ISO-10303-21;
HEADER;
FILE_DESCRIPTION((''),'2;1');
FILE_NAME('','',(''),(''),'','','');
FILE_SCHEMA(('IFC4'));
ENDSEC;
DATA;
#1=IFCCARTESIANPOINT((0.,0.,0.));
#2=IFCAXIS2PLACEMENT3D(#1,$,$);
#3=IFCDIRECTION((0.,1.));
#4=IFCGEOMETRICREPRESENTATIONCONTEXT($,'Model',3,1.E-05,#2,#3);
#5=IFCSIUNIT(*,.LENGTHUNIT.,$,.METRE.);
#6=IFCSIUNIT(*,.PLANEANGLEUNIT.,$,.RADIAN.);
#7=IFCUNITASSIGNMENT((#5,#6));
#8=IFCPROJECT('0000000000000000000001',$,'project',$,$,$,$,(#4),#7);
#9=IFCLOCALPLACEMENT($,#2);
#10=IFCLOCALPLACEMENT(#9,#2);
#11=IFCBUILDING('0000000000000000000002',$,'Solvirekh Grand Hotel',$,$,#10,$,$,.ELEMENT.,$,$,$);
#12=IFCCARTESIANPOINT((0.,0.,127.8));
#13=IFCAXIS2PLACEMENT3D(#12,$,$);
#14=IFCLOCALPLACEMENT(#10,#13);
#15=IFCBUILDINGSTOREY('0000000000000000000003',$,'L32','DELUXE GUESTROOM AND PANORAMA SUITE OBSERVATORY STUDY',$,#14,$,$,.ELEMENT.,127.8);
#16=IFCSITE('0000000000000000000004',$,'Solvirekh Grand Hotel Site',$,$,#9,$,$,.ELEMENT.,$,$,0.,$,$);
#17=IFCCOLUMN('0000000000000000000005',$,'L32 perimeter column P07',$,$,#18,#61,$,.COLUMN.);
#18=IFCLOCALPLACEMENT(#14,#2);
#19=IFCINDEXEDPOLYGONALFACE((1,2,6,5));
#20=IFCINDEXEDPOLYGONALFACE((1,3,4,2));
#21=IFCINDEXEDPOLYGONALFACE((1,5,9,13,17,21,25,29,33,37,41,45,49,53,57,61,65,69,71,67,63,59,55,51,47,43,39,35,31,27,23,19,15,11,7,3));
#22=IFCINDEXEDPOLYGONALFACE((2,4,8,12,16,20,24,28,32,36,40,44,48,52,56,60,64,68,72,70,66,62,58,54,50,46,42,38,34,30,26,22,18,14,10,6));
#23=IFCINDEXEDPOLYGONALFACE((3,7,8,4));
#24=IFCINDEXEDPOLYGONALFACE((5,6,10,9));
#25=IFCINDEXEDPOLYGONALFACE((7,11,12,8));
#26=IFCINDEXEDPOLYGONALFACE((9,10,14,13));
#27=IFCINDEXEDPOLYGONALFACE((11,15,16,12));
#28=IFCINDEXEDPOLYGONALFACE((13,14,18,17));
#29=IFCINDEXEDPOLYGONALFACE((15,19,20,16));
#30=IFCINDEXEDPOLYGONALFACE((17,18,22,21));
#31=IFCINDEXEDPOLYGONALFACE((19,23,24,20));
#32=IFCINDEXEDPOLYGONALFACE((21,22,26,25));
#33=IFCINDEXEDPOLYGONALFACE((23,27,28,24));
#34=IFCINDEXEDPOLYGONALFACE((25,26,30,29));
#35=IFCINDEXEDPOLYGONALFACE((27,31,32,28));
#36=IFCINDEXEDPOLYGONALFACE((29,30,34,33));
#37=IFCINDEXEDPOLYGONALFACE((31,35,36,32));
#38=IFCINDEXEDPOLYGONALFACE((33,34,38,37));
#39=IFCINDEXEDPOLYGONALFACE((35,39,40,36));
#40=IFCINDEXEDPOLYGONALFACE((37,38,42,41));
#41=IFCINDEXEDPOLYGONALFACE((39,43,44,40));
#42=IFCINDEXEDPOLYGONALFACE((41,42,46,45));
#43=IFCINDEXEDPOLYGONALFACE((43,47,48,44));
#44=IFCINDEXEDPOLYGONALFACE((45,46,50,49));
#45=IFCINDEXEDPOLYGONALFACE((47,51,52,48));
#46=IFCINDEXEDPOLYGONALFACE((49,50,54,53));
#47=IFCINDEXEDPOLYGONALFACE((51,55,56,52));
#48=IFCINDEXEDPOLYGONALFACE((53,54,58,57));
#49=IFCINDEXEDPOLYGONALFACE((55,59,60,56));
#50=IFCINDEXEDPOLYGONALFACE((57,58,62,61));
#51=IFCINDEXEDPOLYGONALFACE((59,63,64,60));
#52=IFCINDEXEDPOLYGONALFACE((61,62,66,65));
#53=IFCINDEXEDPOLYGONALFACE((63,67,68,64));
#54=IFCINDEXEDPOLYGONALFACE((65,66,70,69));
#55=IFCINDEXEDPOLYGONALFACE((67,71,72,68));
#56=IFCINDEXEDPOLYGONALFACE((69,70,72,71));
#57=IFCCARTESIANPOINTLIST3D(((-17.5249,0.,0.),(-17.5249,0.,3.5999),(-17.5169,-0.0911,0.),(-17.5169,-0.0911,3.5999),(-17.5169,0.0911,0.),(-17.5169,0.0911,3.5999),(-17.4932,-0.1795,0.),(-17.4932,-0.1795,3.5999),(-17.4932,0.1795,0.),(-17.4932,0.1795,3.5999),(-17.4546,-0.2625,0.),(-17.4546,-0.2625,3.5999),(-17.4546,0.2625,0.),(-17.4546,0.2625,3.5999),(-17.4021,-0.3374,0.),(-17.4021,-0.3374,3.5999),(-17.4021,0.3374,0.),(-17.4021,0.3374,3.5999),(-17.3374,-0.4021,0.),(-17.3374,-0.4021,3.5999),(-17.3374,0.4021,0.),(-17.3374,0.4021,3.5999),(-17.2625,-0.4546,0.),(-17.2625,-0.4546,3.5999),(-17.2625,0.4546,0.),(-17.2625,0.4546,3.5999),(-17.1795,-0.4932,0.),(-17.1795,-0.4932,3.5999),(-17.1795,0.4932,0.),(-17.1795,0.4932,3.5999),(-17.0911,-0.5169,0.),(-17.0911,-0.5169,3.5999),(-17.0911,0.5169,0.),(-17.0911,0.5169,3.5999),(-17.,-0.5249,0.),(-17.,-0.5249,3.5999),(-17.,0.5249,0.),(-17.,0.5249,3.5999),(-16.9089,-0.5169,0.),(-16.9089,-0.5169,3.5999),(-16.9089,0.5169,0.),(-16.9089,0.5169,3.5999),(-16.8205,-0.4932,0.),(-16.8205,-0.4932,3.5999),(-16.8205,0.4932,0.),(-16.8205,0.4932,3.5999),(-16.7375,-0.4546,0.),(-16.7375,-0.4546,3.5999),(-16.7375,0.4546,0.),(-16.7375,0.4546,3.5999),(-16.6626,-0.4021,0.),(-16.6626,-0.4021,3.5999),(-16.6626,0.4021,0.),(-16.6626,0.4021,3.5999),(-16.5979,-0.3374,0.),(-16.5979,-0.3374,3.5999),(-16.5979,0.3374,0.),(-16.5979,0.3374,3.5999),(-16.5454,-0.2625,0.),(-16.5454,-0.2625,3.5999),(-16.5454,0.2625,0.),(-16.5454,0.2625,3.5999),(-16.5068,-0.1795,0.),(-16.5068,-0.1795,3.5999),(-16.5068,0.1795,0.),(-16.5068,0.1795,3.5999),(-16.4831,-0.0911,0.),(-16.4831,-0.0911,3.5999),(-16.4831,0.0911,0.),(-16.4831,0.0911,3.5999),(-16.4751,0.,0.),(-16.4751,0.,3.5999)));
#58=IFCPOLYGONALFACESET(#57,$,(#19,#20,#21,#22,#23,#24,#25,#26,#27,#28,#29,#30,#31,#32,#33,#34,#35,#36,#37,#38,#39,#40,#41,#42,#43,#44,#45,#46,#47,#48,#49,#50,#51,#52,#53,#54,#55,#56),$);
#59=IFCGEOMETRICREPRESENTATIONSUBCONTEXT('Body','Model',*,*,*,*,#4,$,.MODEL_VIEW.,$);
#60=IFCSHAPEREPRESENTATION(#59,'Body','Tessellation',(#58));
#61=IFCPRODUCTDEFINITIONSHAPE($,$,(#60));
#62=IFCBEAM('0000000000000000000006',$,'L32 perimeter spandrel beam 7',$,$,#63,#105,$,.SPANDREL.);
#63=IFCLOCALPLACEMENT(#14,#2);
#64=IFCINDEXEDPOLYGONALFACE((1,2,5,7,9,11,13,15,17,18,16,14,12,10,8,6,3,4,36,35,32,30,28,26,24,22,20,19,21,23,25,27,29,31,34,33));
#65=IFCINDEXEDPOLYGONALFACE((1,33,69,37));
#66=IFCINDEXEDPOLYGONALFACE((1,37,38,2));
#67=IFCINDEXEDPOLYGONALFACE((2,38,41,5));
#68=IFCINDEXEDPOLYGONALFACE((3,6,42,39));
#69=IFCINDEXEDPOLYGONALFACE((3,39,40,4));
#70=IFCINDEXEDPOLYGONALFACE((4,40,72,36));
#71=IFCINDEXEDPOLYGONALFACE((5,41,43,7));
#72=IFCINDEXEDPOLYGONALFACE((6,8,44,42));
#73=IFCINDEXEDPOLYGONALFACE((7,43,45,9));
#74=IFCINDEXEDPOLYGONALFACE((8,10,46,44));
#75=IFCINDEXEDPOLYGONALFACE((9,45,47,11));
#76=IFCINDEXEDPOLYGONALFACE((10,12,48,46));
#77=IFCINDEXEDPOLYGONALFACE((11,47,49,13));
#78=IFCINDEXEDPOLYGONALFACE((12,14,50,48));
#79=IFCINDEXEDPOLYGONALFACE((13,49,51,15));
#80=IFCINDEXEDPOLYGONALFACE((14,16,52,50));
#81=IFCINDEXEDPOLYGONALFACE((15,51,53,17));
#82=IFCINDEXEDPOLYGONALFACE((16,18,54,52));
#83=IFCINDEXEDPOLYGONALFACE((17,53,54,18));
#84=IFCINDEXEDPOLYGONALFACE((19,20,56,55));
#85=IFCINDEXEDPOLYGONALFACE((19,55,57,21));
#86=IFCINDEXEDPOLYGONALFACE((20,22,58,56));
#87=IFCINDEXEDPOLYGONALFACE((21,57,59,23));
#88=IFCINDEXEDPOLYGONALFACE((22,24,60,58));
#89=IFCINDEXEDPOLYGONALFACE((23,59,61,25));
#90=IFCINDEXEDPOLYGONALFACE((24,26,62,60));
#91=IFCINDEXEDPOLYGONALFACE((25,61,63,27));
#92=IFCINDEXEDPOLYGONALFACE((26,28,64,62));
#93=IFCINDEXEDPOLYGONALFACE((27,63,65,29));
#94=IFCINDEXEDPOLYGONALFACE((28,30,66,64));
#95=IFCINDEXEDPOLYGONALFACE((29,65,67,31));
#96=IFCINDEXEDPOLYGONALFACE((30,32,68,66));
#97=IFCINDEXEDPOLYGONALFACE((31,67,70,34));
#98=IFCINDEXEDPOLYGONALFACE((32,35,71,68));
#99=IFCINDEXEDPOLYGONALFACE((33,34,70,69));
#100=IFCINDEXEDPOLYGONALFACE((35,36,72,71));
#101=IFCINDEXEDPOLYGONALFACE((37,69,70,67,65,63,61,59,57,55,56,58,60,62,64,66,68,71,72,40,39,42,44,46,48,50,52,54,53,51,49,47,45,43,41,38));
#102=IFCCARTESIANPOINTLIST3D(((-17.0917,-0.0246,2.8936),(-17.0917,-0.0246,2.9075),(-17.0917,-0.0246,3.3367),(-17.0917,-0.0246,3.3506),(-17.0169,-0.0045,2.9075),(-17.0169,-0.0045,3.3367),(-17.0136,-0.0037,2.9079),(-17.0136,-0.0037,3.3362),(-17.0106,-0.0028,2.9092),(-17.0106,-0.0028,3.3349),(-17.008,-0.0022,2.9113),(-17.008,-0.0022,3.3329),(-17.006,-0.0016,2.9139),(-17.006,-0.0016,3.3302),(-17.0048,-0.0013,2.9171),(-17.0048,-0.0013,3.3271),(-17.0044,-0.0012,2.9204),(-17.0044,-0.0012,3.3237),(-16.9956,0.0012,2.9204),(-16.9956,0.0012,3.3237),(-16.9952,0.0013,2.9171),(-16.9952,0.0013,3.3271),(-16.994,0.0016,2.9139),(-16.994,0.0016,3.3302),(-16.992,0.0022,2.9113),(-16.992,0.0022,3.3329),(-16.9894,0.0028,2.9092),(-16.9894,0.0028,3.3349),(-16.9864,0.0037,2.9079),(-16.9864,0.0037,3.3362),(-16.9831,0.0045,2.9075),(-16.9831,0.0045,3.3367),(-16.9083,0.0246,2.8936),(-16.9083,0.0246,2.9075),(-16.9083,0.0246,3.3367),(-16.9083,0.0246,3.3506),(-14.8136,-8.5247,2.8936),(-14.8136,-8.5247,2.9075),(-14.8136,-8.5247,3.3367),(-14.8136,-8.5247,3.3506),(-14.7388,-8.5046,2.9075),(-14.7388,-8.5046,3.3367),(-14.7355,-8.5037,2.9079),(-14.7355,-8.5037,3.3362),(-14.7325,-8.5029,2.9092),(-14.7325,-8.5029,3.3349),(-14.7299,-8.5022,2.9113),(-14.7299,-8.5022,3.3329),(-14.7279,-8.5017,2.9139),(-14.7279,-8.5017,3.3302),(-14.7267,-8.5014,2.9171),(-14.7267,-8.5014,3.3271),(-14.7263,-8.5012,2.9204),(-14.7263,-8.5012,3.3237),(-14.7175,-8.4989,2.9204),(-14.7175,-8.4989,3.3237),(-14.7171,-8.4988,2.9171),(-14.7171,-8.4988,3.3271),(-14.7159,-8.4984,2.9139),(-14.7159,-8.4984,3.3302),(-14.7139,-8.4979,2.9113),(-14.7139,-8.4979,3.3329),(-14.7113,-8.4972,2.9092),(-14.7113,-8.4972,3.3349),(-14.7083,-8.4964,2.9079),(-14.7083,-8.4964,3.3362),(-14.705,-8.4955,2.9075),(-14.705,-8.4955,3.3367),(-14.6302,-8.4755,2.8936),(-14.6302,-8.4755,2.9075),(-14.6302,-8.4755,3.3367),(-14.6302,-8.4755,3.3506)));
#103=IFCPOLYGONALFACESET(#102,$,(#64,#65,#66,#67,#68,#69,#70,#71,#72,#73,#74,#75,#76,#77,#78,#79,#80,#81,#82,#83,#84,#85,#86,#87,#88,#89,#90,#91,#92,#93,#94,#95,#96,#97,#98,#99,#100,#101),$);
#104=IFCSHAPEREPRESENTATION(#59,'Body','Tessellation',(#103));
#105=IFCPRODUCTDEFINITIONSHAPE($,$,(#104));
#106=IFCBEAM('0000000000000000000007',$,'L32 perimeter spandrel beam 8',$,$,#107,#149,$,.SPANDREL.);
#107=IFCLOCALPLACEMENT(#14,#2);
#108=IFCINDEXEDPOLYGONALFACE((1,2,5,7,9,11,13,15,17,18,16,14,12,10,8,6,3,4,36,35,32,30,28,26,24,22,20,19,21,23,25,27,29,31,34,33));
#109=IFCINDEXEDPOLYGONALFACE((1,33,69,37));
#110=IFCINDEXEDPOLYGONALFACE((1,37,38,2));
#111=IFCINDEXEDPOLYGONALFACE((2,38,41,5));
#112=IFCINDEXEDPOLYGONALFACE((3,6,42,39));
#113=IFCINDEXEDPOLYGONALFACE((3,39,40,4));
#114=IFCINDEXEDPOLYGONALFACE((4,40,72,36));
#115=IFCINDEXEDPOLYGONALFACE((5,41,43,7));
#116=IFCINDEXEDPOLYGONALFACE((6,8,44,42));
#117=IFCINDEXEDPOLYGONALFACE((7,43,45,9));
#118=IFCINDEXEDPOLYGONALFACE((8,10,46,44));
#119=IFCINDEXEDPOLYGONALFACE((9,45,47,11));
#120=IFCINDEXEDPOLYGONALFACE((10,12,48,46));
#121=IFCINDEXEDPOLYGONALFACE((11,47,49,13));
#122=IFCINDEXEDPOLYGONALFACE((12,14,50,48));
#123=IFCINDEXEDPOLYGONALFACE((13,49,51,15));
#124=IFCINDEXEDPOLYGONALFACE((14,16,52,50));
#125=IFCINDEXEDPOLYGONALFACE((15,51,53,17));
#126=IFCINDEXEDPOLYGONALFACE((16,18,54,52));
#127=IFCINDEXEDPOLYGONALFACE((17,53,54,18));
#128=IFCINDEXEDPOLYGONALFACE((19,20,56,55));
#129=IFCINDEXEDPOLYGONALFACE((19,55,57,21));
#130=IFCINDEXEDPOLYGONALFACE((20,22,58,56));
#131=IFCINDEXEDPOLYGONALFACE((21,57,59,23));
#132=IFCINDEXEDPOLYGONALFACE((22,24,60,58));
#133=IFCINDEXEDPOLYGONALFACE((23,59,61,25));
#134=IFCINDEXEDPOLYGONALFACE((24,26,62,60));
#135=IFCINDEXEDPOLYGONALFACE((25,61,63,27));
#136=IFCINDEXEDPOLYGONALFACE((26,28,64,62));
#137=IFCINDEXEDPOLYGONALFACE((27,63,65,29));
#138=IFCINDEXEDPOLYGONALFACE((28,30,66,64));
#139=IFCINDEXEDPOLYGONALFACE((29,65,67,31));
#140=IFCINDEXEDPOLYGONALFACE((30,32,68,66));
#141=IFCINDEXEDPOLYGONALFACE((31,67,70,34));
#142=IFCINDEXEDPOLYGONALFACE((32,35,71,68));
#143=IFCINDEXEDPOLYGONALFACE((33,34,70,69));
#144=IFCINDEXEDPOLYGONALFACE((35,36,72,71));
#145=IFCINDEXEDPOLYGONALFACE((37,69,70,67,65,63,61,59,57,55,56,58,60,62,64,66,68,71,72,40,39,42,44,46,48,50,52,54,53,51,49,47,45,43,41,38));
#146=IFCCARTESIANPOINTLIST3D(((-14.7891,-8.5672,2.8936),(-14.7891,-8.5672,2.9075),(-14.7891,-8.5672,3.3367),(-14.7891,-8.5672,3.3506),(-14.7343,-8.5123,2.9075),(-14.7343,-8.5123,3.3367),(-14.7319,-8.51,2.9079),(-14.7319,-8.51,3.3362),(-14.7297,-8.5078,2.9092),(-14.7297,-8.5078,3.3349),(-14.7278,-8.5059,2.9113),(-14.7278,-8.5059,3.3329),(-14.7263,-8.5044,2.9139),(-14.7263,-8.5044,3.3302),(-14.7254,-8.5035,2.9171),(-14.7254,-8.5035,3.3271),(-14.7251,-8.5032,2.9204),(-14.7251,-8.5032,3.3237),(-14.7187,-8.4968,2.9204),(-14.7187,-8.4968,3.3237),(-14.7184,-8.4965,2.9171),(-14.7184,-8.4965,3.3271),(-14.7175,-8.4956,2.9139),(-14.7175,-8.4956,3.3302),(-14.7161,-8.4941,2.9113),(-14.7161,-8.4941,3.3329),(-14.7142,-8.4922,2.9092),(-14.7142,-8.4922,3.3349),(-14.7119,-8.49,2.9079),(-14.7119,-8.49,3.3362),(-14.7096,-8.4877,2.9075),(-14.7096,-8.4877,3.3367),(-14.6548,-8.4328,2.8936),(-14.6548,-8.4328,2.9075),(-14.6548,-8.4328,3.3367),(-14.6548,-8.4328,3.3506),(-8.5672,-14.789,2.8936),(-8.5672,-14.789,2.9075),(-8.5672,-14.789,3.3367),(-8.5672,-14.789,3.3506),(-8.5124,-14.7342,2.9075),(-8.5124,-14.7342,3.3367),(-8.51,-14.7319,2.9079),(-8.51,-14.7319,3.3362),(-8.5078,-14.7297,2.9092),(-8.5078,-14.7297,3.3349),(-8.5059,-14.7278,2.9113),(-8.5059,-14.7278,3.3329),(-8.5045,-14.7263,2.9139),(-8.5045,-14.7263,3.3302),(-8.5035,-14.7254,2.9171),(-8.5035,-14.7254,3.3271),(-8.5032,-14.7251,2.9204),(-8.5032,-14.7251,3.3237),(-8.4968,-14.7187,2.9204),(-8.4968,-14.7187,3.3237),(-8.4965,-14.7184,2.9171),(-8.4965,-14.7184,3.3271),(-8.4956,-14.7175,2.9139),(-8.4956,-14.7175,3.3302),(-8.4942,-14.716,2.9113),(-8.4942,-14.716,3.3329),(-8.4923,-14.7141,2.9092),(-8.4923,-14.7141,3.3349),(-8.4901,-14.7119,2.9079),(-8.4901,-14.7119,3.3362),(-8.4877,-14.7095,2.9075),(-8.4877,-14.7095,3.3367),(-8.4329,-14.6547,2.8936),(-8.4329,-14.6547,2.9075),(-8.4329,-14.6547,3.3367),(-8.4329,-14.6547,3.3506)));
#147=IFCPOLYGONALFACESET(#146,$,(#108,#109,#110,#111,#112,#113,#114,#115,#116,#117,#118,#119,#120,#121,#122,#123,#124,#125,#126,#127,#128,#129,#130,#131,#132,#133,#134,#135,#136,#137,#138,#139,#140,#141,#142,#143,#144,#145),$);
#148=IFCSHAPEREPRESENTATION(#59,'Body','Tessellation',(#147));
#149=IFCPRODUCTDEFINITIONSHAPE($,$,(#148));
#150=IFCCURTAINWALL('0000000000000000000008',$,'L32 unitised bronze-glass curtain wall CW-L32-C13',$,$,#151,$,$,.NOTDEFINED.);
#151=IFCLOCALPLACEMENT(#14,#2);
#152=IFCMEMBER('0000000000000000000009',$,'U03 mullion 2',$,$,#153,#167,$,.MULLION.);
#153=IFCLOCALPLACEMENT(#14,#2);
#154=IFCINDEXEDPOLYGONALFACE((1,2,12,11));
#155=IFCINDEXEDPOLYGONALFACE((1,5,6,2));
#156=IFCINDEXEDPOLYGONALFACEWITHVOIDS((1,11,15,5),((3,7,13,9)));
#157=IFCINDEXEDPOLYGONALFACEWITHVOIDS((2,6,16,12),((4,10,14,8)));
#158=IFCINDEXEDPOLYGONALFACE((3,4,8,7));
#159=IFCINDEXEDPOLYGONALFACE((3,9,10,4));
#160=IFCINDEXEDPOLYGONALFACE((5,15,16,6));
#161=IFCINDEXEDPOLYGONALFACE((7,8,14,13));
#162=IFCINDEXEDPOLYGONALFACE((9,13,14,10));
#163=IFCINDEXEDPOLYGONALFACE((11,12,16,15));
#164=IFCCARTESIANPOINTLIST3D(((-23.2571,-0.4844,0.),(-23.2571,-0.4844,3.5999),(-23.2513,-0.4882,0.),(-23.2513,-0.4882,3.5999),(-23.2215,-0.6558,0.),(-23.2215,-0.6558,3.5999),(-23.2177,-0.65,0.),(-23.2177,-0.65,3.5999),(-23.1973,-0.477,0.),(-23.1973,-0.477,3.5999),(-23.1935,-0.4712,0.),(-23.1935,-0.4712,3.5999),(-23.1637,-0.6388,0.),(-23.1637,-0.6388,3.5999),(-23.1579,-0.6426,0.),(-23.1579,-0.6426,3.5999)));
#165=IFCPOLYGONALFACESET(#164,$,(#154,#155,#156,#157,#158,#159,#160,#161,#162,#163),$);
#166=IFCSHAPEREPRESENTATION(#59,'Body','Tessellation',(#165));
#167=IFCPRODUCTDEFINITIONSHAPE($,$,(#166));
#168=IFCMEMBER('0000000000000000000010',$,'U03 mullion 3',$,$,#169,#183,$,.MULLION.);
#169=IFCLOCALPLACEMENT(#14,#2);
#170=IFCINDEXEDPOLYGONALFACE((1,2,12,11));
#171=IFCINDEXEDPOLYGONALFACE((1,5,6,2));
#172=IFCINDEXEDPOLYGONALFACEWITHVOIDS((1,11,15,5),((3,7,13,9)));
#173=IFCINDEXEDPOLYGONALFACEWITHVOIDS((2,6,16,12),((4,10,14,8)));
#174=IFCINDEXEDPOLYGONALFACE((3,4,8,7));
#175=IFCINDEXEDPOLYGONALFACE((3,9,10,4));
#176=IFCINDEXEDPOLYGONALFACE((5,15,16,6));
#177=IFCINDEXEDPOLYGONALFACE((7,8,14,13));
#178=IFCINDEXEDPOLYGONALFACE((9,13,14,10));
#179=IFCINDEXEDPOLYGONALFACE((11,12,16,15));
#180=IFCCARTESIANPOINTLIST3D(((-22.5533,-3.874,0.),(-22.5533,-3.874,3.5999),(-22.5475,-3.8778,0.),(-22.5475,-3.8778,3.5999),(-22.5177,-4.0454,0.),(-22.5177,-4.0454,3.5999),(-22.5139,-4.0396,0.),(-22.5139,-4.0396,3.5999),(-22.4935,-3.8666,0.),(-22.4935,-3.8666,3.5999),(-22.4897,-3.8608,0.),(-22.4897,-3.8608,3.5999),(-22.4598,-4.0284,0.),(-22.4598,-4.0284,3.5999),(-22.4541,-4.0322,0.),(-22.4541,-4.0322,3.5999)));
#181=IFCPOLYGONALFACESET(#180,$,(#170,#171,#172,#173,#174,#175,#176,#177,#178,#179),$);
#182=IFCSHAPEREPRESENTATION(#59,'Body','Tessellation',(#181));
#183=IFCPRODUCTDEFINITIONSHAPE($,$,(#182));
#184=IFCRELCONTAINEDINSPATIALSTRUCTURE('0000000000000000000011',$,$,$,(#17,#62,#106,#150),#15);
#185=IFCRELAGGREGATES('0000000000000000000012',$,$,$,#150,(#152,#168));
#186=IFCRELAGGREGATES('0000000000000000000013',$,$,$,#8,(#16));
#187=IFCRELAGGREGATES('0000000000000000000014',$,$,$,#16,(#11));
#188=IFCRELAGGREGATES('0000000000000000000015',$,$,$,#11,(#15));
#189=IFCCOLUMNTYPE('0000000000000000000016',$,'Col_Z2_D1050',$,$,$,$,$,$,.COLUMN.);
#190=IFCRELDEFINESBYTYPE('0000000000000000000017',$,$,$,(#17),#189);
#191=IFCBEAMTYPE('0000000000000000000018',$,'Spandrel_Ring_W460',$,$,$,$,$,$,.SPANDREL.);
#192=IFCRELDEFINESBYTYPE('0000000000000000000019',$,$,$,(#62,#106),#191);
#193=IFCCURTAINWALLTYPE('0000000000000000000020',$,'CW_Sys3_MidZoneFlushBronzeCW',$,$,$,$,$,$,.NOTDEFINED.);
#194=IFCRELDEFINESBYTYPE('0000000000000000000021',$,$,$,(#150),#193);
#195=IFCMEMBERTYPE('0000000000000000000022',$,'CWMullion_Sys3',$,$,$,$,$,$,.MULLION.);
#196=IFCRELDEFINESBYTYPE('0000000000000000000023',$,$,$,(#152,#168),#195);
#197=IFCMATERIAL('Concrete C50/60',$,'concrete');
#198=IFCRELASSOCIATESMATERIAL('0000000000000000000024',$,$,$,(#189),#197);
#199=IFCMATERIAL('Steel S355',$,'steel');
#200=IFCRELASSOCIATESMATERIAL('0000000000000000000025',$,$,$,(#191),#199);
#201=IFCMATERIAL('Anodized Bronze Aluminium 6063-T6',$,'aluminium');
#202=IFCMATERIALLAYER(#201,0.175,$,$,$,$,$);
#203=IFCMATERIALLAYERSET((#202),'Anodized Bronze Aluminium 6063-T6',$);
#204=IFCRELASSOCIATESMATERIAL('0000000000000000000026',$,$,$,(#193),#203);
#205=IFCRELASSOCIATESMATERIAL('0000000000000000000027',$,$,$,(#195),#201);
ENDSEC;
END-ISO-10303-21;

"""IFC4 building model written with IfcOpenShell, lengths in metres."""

from ifc_helpers import new_model, si_unit, direction, frame, origin, origin_2d, place, context, subcontext, project, spatial, hollow_rectangle, circle, i_section, extrude, source, transform, mapped, material, layer, layer_set, material_profile, profile_set, type_object, element, aggregate, save


model = new_model("IFC4")

# Units and contexts
model_context = context("Model", 3, precision=1e-05, world=origin(), true_north=direction((0.0, 1.0)))
body_context = subcontext(model_context, "Body", "Model", "MODEL_VIEW")
ifc_project = project(units=[si_unit("LENGTHUNIT", "METRE"), si_unit("PLANEANGLEUNIT", "RADIAN")], contexts=[model_context])

# Site, building, storey
site_placement = place(None, origin())
site = spatial("IfcSite", under=ifc_project, at=site_placement, Name="Solvirekh Grand Hotel Site", CompositionType="ELEMENT", RefElevation=0.0)
building_placement = place(site_placement, origin())
building = spatial("IfcBuilding", under=site, at=building_placement, Name="Solvirekh Grand Hotel", CompositionType="ELEMENT")
storey_placement = place(building_placement, frame((0.0, 0.0, 127.8)))
storey = spatial("IfcBuildingStorey", under=building, at=storey_placement, Name="L32", Description="DELUXE GUESTROOM AND PANORAMA SUITE OBSERVATORY STUDY", CompositionType="ELEMENT", Elevation=127.8)

# Column
ifc_material_1 = material(Name="Concrete C50/60", Category="concrete")
ifc_material_profile_1 = material_profile(ifc_material_1, circle(Radius=0.5249, at=origin_2d()), Name="RC CIRC D1050")
ifc_profile_set_1 = profile_set([ifc_material_profile_1], Name="Concrete C50/60")
column_type = type_object("IfcColumnType", Name="Col_Z2_D1050", PredefinedType="COLUMN", material=ifc_profile_set_1)
column_placement = place(storey_placement, frame((-17.0, 0.0, 0.0), z_axis=(0.0, 0.0, 1.0), x_axis=(1.0, 0.0, 0.0)))
element("IfcColumn", 1, at=column_placement, inside=storey, type_object=column_type, Name="L32 perimeter column P07", PredefinedType="COLUMN", context=body_context, shape_type="SweptSolid", body=[
    extrude(circle(Radius=0.5249, at=origin_2d()), origin(), (0.0, 0.0, 1.0), 3.5999),
])

# Beams
ifc_material_2 = material(Name="Steel S355", Category="steel")
ifc_material_profile_2 = material_profile(ifc_material_2, i_section(OverallWidth=0.1899, OverallDepth=0.457, WebThickness=0.009, FlangeThickness=0.0139, FilletRadius=0.0129, at=origin_2d()), Name="W460X74")
ifc_profile_set_2 = profile_set([ifc_material_profile_2], Name="Steel S355")
beam_type = type_object("IfcBeamType", Name="Spandrel_Ring_W460", PredefinedType="SPANDREL", material=ifc_profile_set_2)
beam_1_placement = place(storey_placement, frame((-17.0, 0.0, 3.1221), z_axis=(0.258873, -0.965911, 0.0), x_axis=(0.965911, 0.258873, 0.0)))
element("IfcBeam", 2, at=beam_1_placement, inside=storey, type_object=beam_type, Name="L32 perimeter spandrel beam 7", PredefinedType="SPANDREL", context=body_context, shape_type="SweptSolid", body=[
    extrude(i_section(OverallWidth=0.1899, OverallDepth=0.457, WebThickness=0.009, FlangeThickness=0.0139, FilletRadius=0.0129, at=origin_2d()), origin(), (0.0, 0.0, 1.0), 8.8),
])
beam_2_placement = place(storey_placement, frame((-14.7219, -8.5, 3.1221), z_axis=(0.707107, -0.707107, 0.0), x_axis=(0.707107, 0.707107, 0.0)))
element("IfcBeam", 3, at=beam_2_placement, inside=storey, type_object=beam_type, Name="L32 perimeter spandrel beam 8", PredefinedType="SPANDREL", context=body_context, shape_type="SweptSolid", body=[
    extrude(i_section(OverallWidth=0.1899, OverallDepth=0.457, WebThickness=0.009, FlangeThickness=0.0139, FilletRadius=0.0129, at=origin_2d()), origin(), (0.0, 0.0, 1.0), 8.7991),
])

# Curtain wall, members
ifc_material_3 = material(Name="Anodized Bronze Aluminium 6063-T6", Category="aluminium")
ifc_layer_1 = layer(ifc_material_3, 0.175)
ifc_layer_set_1 = layer_set([ifc_layer_1], Name="Anodized Bronze Aluminium 6063-T6")
curtain_wall_type = type_object("IfcCurtainWallType", Name="CW_Sys3_MidZoneFlushBronzeCW", PredefinedType="NOTDEFINED", material=ifc_layer_set_1)
curtain_wall_placement = place(storey_placement, origin())
curtain_wall = element("IfcCurtainWall", 4, at=curtain_wall_placement, inside=storey, type_object=curtain_wall_type, Name="L32 unitised bronze-glass curtain wall CW-L32-C13", PredefinedType="NOTDEFINED")
ifc_material_profile_3 = material_profile(ifc_material_3, hollow_rectangle(XDim=0.0649, YDim=0.175, WallThickness=0.0049, at=origin_2d()), Name="ALU RHS 175X65X5")
ifc_profile_set_3 = profile_set([ifc_material_profile_3], Name="Anodized Bronze Aluminium 6063-T6")
member_type_1 = type_object("IfcMemberType", Name="CWMullion_Sys3", PredefinedType="MULLION", material=ifc_profile_set_3)
shared_shape_1 = source(origin(), body_context, "Body", "SweptSolid", [
    extrude(hollow_rectangle(XDim=0.0649, YDim=0.175, WallThickness=0.0049, at=origin_2d()), origin(), (0.0, 0.0, 1.0), 3.5999),
])
member_1_placement = place(storey_placement, frame((-23.2075, -0.5635, 0.0), z_axis=(0.0, 0.0, 1.0), x_axis=(0.979112, 0.20332, 0.0)))
member_1 = element("IfcMember", 5, at=member_1_placement, type_object=member_type_1, Name="U03 mullion 2", PredefinedType="MULLION", context=body_context, shape_type="MappedRepresentation", body=[
    mapped(shared_shape_1, transform((0.0, 0.0, 0.0), x_axis=(1.0, 0.0, 0.0), y_axis=(0.0, 1.0, 0.0), z_axis=(0.0, 0.0, 1.0), scale=1.0)),
])
member_2_placement = place(storey_placement, frame((-22.5037, -3.9531, 0.0), z_axis=(0.0, 0.0, 1.0), x_axis=(0.979112, 0.20332, 0.0)))
member_2 = element("IfcMember", 6, at=member_2_placement, type_object=member_type_1, Name="U03 mullion 3", PredefinedType="MULLION", context=body_context, shape_type="MappedRepresentation", body=[
    mapped(shared_shape_1, transform((0.0, 0.0, 0.0), x_axis=(1.0, 0.0, 0.0), y_axis=(0.0, 1.0, 0.0), z_axis=(0.0, 0.0, 1.0), scale=1.0)),
])
aggregate(curtain_wall, [member_1, member_2])

save(model, "model.ifc")
